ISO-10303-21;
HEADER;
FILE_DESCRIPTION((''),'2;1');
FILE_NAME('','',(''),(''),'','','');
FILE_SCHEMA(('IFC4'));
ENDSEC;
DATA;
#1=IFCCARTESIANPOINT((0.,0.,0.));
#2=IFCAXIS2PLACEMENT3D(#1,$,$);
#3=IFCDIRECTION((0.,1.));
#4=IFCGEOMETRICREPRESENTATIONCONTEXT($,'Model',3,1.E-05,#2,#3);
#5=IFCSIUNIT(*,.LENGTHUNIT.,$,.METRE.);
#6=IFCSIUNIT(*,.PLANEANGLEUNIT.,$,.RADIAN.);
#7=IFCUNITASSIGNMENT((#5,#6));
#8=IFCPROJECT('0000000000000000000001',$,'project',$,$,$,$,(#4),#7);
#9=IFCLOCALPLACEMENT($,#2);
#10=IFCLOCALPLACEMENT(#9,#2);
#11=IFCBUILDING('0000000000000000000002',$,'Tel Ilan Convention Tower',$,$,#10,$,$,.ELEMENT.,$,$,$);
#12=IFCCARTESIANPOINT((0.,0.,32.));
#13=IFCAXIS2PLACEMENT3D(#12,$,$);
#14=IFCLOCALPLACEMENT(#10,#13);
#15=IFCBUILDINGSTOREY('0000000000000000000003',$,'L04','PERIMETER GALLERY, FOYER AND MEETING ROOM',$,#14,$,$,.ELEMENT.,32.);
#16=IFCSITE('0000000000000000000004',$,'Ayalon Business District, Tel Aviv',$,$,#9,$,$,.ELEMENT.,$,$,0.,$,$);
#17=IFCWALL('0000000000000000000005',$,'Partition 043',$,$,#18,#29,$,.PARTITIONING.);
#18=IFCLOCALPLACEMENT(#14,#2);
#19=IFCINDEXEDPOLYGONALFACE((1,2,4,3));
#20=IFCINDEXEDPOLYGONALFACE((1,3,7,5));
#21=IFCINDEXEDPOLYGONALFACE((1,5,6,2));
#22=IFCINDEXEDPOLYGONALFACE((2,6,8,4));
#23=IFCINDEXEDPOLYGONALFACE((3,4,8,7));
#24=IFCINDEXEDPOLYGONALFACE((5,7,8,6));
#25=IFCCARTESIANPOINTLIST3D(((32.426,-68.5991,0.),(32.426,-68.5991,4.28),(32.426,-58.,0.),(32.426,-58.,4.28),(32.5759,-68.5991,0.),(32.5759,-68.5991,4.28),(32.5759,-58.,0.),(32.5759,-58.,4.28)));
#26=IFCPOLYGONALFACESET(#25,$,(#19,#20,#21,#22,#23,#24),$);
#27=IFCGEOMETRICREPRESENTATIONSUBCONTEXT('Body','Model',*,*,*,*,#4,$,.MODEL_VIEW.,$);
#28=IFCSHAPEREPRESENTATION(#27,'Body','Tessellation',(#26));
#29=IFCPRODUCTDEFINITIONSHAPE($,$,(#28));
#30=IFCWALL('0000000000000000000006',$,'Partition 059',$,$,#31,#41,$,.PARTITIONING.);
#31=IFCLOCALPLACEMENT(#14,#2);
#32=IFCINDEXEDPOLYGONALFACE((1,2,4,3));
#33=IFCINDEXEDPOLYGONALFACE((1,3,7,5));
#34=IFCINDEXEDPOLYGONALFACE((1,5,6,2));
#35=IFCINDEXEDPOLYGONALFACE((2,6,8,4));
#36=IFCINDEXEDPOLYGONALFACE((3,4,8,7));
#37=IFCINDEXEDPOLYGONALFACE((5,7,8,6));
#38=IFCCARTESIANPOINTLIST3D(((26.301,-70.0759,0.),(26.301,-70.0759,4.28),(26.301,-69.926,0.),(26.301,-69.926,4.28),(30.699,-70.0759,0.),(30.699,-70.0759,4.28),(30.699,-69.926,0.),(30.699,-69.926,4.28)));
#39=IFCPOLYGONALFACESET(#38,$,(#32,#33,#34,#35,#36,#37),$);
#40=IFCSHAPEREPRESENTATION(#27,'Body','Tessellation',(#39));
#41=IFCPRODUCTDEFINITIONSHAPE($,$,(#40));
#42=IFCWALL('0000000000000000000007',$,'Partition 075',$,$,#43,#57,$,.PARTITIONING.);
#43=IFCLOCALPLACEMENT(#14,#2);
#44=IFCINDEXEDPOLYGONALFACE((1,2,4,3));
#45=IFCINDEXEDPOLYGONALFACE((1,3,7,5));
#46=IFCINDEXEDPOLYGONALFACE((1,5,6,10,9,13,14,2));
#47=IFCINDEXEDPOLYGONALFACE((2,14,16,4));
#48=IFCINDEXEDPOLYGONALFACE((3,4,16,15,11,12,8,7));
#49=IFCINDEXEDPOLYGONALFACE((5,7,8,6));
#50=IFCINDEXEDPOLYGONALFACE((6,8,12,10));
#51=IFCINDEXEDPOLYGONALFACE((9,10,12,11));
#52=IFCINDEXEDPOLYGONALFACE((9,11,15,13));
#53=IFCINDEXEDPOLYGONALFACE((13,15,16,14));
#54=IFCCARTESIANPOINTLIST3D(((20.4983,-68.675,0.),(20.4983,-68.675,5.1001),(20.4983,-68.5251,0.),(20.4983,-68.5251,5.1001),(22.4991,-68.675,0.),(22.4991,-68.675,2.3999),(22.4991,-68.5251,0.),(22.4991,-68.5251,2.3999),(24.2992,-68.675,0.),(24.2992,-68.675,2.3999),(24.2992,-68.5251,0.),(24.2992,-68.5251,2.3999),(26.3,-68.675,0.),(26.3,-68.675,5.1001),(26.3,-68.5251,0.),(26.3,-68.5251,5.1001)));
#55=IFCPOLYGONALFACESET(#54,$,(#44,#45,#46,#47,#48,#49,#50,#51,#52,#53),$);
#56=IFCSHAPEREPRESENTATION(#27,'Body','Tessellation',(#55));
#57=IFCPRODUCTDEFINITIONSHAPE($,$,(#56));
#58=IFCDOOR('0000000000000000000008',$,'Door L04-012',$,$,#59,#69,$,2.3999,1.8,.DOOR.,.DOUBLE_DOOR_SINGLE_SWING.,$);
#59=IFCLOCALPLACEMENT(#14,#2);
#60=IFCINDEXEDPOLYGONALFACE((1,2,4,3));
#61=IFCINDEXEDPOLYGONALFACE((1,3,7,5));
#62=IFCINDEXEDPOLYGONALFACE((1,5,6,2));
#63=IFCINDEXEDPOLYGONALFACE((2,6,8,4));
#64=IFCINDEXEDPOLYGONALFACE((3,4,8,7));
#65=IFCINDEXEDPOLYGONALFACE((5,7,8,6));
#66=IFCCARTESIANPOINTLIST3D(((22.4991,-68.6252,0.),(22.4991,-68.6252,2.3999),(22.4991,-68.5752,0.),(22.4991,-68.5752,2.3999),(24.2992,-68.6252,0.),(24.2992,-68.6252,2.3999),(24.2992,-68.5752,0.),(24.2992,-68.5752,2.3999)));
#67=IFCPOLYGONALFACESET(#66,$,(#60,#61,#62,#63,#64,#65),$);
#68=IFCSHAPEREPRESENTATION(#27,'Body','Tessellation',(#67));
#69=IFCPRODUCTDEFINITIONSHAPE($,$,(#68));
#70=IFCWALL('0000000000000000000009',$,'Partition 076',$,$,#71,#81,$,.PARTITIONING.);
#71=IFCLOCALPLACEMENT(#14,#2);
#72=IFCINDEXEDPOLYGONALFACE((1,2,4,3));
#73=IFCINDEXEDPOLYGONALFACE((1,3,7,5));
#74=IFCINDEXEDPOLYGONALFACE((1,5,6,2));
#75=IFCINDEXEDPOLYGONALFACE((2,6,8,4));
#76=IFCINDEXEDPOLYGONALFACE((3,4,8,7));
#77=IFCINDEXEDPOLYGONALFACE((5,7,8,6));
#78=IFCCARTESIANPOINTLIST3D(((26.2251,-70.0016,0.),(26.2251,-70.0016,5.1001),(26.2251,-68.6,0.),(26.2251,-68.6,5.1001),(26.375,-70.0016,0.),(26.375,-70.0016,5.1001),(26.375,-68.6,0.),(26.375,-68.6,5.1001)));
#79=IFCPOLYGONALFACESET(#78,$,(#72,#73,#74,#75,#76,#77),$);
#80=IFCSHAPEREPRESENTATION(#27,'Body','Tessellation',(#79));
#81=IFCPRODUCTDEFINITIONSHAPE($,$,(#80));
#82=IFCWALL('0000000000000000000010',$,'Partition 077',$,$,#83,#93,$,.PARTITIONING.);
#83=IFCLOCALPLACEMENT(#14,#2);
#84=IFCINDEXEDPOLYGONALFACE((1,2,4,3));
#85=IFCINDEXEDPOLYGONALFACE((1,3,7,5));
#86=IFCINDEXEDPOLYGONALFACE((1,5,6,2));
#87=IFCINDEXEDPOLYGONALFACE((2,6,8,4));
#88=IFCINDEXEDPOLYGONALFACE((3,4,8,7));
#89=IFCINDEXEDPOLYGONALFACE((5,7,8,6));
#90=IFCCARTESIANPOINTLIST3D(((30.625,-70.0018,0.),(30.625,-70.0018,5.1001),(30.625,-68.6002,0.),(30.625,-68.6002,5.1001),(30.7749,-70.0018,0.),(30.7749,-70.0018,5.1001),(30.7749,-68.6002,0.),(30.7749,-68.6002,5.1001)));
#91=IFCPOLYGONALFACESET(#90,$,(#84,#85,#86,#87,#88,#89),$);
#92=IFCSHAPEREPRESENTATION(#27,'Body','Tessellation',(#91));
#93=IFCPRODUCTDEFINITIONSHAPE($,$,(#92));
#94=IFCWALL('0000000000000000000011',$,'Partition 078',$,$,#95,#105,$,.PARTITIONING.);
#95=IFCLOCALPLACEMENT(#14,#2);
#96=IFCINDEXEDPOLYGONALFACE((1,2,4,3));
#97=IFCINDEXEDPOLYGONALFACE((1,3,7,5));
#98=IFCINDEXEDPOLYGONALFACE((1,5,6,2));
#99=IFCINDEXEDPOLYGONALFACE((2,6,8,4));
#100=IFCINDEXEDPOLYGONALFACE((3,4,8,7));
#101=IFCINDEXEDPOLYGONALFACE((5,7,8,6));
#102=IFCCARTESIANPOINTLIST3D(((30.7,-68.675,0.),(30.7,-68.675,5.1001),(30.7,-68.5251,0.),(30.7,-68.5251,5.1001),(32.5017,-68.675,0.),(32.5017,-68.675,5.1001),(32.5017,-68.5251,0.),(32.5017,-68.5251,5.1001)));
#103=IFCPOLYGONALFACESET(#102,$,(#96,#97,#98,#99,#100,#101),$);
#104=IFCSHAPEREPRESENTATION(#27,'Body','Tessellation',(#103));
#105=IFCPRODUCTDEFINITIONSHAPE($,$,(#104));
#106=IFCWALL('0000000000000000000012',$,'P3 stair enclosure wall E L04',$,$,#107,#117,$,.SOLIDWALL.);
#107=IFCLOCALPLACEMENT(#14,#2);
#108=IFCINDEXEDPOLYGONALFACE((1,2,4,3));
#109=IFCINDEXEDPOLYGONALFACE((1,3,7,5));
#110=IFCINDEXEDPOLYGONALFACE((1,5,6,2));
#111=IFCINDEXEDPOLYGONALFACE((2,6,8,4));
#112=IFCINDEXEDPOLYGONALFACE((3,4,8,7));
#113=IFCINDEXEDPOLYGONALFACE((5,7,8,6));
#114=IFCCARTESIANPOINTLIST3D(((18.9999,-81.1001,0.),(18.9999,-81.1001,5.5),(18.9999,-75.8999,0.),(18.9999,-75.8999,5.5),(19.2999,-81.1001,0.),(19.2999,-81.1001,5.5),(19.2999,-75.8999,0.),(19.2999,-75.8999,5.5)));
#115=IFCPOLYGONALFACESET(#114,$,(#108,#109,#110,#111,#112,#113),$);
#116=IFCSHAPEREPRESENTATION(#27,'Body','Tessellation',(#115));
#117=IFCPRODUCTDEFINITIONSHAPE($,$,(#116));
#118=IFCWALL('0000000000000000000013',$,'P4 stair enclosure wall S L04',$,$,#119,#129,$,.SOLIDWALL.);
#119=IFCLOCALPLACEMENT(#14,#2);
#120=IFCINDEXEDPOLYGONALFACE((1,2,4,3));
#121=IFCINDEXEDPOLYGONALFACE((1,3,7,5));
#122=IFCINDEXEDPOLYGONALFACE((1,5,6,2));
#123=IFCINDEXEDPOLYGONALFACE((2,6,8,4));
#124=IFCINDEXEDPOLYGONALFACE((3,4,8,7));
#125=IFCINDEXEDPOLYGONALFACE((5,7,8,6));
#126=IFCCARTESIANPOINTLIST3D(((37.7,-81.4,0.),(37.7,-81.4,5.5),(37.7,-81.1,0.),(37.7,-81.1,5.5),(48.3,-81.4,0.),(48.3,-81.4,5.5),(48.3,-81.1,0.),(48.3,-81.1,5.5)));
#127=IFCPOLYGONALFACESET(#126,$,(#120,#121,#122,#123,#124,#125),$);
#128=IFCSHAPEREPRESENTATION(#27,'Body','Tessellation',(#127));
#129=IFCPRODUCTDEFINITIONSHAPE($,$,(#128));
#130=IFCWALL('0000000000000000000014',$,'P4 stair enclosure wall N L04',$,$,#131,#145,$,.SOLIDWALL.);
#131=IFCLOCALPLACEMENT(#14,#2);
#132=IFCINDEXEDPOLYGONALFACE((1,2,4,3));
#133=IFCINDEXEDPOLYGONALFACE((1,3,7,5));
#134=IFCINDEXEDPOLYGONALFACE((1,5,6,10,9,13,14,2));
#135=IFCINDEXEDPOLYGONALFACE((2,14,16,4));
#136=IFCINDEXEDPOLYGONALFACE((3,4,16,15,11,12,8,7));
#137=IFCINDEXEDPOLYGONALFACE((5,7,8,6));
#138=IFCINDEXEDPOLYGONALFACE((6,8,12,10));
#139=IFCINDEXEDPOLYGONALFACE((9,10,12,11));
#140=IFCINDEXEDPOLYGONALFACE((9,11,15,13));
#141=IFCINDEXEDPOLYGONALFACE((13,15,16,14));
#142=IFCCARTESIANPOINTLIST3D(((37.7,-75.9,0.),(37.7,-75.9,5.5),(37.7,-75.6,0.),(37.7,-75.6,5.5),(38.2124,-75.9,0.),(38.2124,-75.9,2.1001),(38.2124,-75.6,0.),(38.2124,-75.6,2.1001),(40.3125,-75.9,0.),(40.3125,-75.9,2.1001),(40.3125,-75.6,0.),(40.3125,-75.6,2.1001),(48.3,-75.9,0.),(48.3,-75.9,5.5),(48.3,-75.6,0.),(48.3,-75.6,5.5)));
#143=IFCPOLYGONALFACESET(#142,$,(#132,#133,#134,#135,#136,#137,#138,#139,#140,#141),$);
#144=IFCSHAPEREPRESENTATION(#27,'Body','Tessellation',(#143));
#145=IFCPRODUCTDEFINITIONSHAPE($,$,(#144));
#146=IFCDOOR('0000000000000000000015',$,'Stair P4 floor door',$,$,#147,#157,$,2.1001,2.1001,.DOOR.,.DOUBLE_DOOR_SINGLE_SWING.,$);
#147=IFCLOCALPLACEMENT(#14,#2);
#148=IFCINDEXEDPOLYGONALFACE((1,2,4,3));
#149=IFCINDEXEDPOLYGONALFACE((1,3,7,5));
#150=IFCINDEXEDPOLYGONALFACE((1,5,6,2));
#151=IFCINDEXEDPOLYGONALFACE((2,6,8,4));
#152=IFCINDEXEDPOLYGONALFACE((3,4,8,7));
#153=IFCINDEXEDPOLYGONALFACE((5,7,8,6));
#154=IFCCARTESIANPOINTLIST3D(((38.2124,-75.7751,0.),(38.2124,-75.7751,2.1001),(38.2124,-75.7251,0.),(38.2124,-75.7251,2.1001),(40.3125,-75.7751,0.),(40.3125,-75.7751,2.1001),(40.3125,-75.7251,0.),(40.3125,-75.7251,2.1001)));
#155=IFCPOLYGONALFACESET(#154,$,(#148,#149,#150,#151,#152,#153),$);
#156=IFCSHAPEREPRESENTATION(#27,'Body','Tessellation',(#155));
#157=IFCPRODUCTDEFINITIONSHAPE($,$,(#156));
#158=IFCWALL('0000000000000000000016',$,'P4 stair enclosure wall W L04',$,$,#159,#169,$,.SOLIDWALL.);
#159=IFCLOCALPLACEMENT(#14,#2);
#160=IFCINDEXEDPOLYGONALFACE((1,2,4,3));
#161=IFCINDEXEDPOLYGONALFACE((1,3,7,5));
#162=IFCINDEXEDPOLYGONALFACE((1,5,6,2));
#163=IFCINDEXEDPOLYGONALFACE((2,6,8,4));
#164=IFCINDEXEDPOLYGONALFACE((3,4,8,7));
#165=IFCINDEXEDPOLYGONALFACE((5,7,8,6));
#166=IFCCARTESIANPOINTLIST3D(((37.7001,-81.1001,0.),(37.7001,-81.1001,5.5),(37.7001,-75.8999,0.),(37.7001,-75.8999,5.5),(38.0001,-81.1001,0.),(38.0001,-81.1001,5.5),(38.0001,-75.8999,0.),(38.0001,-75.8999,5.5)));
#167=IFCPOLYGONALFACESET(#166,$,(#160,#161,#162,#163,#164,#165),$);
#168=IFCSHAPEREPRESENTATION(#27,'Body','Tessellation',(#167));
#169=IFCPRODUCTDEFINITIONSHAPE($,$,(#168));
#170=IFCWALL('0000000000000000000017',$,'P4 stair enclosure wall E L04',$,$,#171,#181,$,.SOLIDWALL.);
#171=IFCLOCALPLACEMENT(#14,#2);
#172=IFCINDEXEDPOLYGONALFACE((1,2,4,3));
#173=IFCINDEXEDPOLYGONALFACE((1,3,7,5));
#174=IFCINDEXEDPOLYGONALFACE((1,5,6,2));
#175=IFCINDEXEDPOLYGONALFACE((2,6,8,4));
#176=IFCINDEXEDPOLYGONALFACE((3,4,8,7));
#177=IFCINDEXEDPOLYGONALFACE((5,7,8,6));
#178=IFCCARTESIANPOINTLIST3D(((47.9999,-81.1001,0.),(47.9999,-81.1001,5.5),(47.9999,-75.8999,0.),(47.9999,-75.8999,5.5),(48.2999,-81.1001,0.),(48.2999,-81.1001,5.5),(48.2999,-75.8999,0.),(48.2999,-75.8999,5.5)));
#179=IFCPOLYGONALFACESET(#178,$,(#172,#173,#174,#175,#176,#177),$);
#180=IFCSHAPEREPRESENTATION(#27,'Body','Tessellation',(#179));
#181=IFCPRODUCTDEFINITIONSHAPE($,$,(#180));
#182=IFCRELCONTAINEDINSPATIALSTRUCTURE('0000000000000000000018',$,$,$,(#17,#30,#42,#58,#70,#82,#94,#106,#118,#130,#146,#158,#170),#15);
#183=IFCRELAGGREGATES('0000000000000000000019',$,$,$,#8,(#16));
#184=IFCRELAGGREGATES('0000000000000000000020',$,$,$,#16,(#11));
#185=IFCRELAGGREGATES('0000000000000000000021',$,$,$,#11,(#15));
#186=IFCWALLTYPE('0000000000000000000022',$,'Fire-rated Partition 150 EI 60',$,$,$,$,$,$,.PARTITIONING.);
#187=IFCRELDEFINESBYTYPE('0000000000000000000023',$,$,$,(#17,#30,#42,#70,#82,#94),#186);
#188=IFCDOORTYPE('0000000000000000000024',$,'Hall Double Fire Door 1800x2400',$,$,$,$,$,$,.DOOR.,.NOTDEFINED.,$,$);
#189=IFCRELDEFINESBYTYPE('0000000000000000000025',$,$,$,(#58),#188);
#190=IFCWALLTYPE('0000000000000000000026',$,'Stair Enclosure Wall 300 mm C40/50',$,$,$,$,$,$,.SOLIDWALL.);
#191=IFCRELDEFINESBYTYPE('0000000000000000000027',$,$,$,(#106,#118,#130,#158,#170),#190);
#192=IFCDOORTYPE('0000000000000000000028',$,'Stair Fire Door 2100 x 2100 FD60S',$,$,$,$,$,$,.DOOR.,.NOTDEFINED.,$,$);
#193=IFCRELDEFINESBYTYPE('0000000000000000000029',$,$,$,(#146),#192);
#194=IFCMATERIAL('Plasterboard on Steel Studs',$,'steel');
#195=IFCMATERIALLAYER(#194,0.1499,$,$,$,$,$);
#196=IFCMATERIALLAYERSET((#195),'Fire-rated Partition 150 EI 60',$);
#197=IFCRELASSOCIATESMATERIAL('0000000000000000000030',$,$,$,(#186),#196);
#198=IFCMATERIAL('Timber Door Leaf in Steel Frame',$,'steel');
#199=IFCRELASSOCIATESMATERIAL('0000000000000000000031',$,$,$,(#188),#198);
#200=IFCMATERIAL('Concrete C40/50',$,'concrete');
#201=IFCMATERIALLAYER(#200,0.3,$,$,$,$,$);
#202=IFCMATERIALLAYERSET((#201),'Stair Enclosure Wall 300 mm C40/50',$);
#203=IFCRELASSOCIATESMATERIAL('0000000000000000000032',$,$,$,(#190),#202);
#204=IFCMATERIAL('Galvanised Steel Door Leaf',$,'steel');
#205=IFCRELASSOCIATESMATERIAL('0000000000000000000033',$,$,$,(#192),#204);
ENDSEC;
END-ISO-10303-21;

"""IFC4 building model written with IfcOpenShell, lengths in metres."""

from ifc_helpers import new_model, si_unit, direction, frame, frame_2d, origin, place, context, subcontext, project, spatial, rectangle, extrude, material, layer, layer_set, type_object, element, fill, save


model = new_model("IFC4")

# Units and contexts
model_context = context("Model", 3, precision=1e-05, world=origin(), true_north=direction((0.0, 1.0)))
body_context = subcontext(model_context, "Body", "Model", "MODEL_VIEW")
ifc_project = project(units=[si_unit("LENGTHUNIT", "METRE"), si_unit("PLANEANGLEUNIT", "RADIAN")], contexts=[model_context])

# Site, building, storey
site_placement = place(None, origin())
site = spatial("IfcSite", under=ifc_project, at=site_placement, Name="Ayalon Business District, Tel Aviv", CompositionType="ELEMENT", RefElevation=0.0)
building_placement = place(site_placement, origin())
building = spatial("IfcBuilding", under=site, at=building_placement, Name="Tel Ilan Convention Tower", CompositionType="ELEMENT")
storey_placement = place(building_placement, frame((0.0, 0.0, 32.0)))
storey = spatial("IfcBuildingStorey", under=building, at=storey_placement, Name="L04", Description="PERIMETER GALLERY, FOYER AND MEETING ROOM", CompositionType="ELEMENT", Elevation=32.0)

# Shared definitions
ifc_material_1 = material(Name="Plasterboard on Steel Studs", Category="steel")
ifc_layer_1 = layer(ifc_material_1, 0.1499)
ifc_layer_set_1 = layer_set([ifc_layer_1], Name="Fire-rated Partition 150 EI 60")
wall_type_1 = type_object("IfcWallType", Name="Fire-rated Partition 150 EI 60", PredefinedType="PARTITIONING", material=ifc_layer_set_1)
ifc_material_2 = material(Name="Timber Door Leaf in Steel Frame", Category="steel")
door_type_1 = type_object("IfcDoorType", Name="Hall Double Fire Door 1800x2400", OperationType="NOTDEFINED", PredefinedType="DOOR", material=ifc_material_2)

# Walls
wall_1_placement = place(storey_placement, frame((32.501, -68.5991, 0.0), z_axis=(0.0, 0.0, 1.0), x_axis=(0.0, 1.0, 0.0)))
element("IfcWall", 1, at=wall_1_placement, inside=storey, type_object=wall_type_1, Name="Partition 043", PredefinedType="PARTITIONING", context=body_context, shape_type="SweptSolid", body=[
    extrude(rectangle(XDim=10.5991, YDim=0.1499, at=frame_2d((5.2996, 0.0))), origin(), (0.0, 0.0, 1.0), 4.28),
])
wall_2_placement = place(storey_placement, frame((26.301, -70.001, 0.0), z_axis=(0.0, 0.0, 1.0), x_axis=(1.0, 0.0, 0.0)))
element("IfcWall", 2, at=wall_2_placement, inside=storey, type_object=wall_type_1, Name="Partition 059", PredefinedType="PARTITIONING", context=body_context, shape_type="SweptSolid", body=[
    extrude(rectangle(XDim=4.3979, YDim=0.1499, at=frame_2d((2.199, 0.0))), origin(), (0.0, 0.0, 1.0), 4.28),
])

# Wall, opening, door
wall_3_placement = place(storey_placement, frame((20.4983, -68.6001, 0.0), z_axis=(0.0, 0.0, 1.0), x_axis=(1.0, 0.0, 0.0)))
wall_3 = element("IfcWall", 3, at=wall_3_placement, inside=storey, type_object=wall_type_1, Name="Partition 075", PredefinedType="PARTITIONING", context=body_context, shape_type="SweptSolid", body=[
    extrude(rectangle(XDim=5.8018, YDim=0.1499, at=frame_2d((2.9009, 0.0))), origin(), (0.0, 0.0, 1.0), 5.1001),
])
opening_1_placement = place(wall_3_placement, frame((2.001, 0.0, 0.0)))
opening_1 = element("IfcOpeningElement", 4, at=opening_1_placement, cuts=wall_3, PredefinedType="OPENING", context=body_context, shape_type="SweptSolid", body=[
    extrude(rectangle(XDim=1.8, YDim=2.3999, at=frame_2d((0.8999, 1.2))), frame((0.0, 0.085, 0.0), z_axis=(0.0, -1.0, 0.0), x_axis=(1.0, 0.0, 0.0)), (0.0, 0.0, 1.0), 0.1699),
])
door_1_placement = place(opening_1_placement, origin())
door_1 = element("IfcDoor", 5, at=door_1_placement, inside=storey, type_object=door_type_1, Name="Door L04-012", OperationType="DOUBLE_DOOR_SINGLE_SWING", OverallHeight=2.3999, OverallWidth=1.8, PredefinedType="DOOR", context=body_context, shape_type="SweptSolid", body=[
    extrude(rectangle(XDim=1.8, YDim=2.3999, at=frame_2d((0.8999, 1.2))), frame((0.0, 0.0249, 0.0), z_axis=(0.0, -1.0, 0.0), x_axis=(1.0, 0.0, 0.0)), (0.0, 0.0, 1.0), 0.05),
])
fill(opening_1, door_1)

# Walls
for number, where, z_axis, x_axis, name in (
    (6, (26.3, -68.6001, 0.0), (0.0, 0.0, 1.0), (0.0, -1.0, 0.0), "Partition 076"),
    (7, (30.7, -70.0017, 0.0), (0.0, 0.0, 1.0), (0.0, 1.0, 0.0), "Partition 077"),
):
    element("IfcWall", number, at=place(storey_placement, frame(where, z_axis=z_axis, x_axis=x_axis)), inside=storey, type_object=wall_type_1, Name=name, PredefinedType="PARTITIONING", context=body_context, shape_type="SweptSolid", body=[
        extrude(rectangle(XDim=1.4016, YDim=0.1499, at=frame_2d((0.7007, 0.0))), origin(), (0.0, 0.0, 1.0), 5.1001),
    ])
wall_4_placement = place(storey_placement, frame((30.7, -68.6001, 0.0), z_axis=(0.0, 0.0, 1.0), x_axis=(1.0, 0.0, 0.0)))
element("IfcWall", 8, at=wall_4_placement, inside=storey, type_object=wall_type_1, Name="Partition 078", PredefinedType="PARTITIONING", context=body_context, shape_type="SweptSolid", body=[
    extrude(rectangle(XDim=1.8018, YDim=0.1499, at=frame_2d((0.9009, 0.0))), origin(), (0.0, 0.0, 1.0), 5.1001),
])
ifc_material_3 = material(Name="Concrete C40/50", Category="concrete")
ifc_layer_2 = layer(ifc_material_3, 0.3)
ifc_layer_set_2 = layer_set([ifc_layer_2], Name="Stair Enclosure Wall 300 mm C40/50")
wall_type_2 = type_object("IfcWallType", Name="Stair Enclosure Wall 300 mm C40/50", PredefinedType="SOLIDWALL", material=ifc_layer_set_2)
wall_5_placement = place(storey_placement, frame((19.1499, -81.1001, 0.0), z_axis=(0.0, 0.0, 1.0), x_axis=(0.0, 1.0, 0.0)))
element("IfcWall", 9, at=wall_5_placement, inside=storey, type_object=wall_type_2, Name="P3 stair enclosure wall E L04", PredefinedType="SOLIDWALL", context=body_context, shape_type="SweptSolid", body=[
    extrude(rectangle(XDim=5.2002, YDim=0.3, at=frame_2d((2.6001, 0.0))), origin(), (0.0, 0.0, 1.0), 5.5),
])
wall_6_placement = place(storey_placement, frame((37.7, -81.25, 0.0), z_axis=(0.0, 0.0, 1.0), x_axis=(1.0, 0.0, 0.0)))
element("IfcWall", 10, at=wall_6_placement, inside=storey, type_object=wall_type_2, Name="P4 stair enclosure wall S L04", PredefinedType="SOLIDWALL", context=body_context, shape_type="SweptSolid", body=[
    extrude(rectangle(XDim=10.6001, YDim=0.3, at=frame_2d((5.3, 0.0))), origin(), (0.0, 0.0, 1.0), 5.5),
])

# Wall, opening, door
wall_7_placement = place(storey_placement, frame((37.7, -75.75, 0.0), z_axis=(0.0, 0.0, 1.0), x_axis=(1.0, 0.0, 0.0)))
wall_7 = element("IfcWall", 11, at=wall_7_placement, inside=storey, type_object=wall_type_2, Name="P4 stair enclosure wall N L04", PredefinedType="SOLIDWALL", context=body_context, shape_type="SweptSolid", body=[
    extrude(rectangle(XDim=10.6001, YDim=0.3, at=frame_2d((5.3, 0.0))), origin(), (0.0, 0.0, 1.0), 5.5),
])
opening_2_placement = place(wall_7_placement, frame((0.5125, 0.0, 0.0)))
opening_2 = element("IfcOpeningElement", 12, at=opening_2_placement, cuts=wall_7, PredefinedType="OPENING", context=body_context, shape_type="SweptSolid", body=[
    extrude(rectangle(XDim=2.1001, YDim=2.1001, at=frame_2d((1.05, 1.05))), frame((0.0, 0.1599, 0.0), z_axis=(0.0, -1.0, 0.0), x_axis=(1.0, 0.0, 0.0)), (0.0, 0.0, 1.0), 0.3201),
])
ifc_material_4 = material(Name="Galvanised Steel Door Leaf", Category="steel")
door_type_2 = type_object("IfcDoorType", Name="Stair Fire Door 2100 x 2100 FD60S", OperationType="NOTDEFINED", PredefinedType="DOOR", material=ifc_material_4)
door_2_placement = place(opening_2_placement, origin())
door_2 = element("IfcDoor", 13, at=door_2_placement, inside=storey, type_object=door_type_2, Name="Stair P4 floor door", OperationType="DOUBLE_DOOR_SINGLE_SWING", OverallHeight=2.1001, OverallWidth=2.1001, PredefinedType="DOOR", context=body_context, shape_type="SweptSolid", body=[
    extrude(rectangle(XDim=2.1001, YDim=2.1001, at=frame_2d((1.05, 1.05))), frame((0.0, 0.0249, 0.0), z_axis=(0.0, -1.0, 0.0), x_axis=(1.0, 0.0, 0.0)), (0.0, 0.0, 1.0), 0.05),
])
fill(opening_2, door_2)

# Walls
for number, where, z_axis, x_axis, name in (
    (14, (37.8501, -81.1001, 0.0), (0.0, 0.0, 1.0), (0.0, 1.0, 0.0), "P4 stair enclosure wall W L04"),
    (15, (48.1499, -81.1001, 0.0), (0.0, 0.0, 1.0), (0.0, 1.0, 0.0), "P4 stair enclosure wall E L04"),
):
    element("IfcWall", number, at=place(storey_placement, frame(where, z_axis=z_axis, x_axis=x_axis)), inside=storey, type_object=wall_type_2, Name=name, PredefinedType="SOLIDWALL", context=body_context, shape_type="SweptSolid", body=[
        extrude(rectangle(XDim=5.2002, YDim=0.3, at=frame_2d((2.6001, 0.0))), origin(), (0.0, 0.0, 1.0), 5.5),
    ])

save(model, "model.ifc")
